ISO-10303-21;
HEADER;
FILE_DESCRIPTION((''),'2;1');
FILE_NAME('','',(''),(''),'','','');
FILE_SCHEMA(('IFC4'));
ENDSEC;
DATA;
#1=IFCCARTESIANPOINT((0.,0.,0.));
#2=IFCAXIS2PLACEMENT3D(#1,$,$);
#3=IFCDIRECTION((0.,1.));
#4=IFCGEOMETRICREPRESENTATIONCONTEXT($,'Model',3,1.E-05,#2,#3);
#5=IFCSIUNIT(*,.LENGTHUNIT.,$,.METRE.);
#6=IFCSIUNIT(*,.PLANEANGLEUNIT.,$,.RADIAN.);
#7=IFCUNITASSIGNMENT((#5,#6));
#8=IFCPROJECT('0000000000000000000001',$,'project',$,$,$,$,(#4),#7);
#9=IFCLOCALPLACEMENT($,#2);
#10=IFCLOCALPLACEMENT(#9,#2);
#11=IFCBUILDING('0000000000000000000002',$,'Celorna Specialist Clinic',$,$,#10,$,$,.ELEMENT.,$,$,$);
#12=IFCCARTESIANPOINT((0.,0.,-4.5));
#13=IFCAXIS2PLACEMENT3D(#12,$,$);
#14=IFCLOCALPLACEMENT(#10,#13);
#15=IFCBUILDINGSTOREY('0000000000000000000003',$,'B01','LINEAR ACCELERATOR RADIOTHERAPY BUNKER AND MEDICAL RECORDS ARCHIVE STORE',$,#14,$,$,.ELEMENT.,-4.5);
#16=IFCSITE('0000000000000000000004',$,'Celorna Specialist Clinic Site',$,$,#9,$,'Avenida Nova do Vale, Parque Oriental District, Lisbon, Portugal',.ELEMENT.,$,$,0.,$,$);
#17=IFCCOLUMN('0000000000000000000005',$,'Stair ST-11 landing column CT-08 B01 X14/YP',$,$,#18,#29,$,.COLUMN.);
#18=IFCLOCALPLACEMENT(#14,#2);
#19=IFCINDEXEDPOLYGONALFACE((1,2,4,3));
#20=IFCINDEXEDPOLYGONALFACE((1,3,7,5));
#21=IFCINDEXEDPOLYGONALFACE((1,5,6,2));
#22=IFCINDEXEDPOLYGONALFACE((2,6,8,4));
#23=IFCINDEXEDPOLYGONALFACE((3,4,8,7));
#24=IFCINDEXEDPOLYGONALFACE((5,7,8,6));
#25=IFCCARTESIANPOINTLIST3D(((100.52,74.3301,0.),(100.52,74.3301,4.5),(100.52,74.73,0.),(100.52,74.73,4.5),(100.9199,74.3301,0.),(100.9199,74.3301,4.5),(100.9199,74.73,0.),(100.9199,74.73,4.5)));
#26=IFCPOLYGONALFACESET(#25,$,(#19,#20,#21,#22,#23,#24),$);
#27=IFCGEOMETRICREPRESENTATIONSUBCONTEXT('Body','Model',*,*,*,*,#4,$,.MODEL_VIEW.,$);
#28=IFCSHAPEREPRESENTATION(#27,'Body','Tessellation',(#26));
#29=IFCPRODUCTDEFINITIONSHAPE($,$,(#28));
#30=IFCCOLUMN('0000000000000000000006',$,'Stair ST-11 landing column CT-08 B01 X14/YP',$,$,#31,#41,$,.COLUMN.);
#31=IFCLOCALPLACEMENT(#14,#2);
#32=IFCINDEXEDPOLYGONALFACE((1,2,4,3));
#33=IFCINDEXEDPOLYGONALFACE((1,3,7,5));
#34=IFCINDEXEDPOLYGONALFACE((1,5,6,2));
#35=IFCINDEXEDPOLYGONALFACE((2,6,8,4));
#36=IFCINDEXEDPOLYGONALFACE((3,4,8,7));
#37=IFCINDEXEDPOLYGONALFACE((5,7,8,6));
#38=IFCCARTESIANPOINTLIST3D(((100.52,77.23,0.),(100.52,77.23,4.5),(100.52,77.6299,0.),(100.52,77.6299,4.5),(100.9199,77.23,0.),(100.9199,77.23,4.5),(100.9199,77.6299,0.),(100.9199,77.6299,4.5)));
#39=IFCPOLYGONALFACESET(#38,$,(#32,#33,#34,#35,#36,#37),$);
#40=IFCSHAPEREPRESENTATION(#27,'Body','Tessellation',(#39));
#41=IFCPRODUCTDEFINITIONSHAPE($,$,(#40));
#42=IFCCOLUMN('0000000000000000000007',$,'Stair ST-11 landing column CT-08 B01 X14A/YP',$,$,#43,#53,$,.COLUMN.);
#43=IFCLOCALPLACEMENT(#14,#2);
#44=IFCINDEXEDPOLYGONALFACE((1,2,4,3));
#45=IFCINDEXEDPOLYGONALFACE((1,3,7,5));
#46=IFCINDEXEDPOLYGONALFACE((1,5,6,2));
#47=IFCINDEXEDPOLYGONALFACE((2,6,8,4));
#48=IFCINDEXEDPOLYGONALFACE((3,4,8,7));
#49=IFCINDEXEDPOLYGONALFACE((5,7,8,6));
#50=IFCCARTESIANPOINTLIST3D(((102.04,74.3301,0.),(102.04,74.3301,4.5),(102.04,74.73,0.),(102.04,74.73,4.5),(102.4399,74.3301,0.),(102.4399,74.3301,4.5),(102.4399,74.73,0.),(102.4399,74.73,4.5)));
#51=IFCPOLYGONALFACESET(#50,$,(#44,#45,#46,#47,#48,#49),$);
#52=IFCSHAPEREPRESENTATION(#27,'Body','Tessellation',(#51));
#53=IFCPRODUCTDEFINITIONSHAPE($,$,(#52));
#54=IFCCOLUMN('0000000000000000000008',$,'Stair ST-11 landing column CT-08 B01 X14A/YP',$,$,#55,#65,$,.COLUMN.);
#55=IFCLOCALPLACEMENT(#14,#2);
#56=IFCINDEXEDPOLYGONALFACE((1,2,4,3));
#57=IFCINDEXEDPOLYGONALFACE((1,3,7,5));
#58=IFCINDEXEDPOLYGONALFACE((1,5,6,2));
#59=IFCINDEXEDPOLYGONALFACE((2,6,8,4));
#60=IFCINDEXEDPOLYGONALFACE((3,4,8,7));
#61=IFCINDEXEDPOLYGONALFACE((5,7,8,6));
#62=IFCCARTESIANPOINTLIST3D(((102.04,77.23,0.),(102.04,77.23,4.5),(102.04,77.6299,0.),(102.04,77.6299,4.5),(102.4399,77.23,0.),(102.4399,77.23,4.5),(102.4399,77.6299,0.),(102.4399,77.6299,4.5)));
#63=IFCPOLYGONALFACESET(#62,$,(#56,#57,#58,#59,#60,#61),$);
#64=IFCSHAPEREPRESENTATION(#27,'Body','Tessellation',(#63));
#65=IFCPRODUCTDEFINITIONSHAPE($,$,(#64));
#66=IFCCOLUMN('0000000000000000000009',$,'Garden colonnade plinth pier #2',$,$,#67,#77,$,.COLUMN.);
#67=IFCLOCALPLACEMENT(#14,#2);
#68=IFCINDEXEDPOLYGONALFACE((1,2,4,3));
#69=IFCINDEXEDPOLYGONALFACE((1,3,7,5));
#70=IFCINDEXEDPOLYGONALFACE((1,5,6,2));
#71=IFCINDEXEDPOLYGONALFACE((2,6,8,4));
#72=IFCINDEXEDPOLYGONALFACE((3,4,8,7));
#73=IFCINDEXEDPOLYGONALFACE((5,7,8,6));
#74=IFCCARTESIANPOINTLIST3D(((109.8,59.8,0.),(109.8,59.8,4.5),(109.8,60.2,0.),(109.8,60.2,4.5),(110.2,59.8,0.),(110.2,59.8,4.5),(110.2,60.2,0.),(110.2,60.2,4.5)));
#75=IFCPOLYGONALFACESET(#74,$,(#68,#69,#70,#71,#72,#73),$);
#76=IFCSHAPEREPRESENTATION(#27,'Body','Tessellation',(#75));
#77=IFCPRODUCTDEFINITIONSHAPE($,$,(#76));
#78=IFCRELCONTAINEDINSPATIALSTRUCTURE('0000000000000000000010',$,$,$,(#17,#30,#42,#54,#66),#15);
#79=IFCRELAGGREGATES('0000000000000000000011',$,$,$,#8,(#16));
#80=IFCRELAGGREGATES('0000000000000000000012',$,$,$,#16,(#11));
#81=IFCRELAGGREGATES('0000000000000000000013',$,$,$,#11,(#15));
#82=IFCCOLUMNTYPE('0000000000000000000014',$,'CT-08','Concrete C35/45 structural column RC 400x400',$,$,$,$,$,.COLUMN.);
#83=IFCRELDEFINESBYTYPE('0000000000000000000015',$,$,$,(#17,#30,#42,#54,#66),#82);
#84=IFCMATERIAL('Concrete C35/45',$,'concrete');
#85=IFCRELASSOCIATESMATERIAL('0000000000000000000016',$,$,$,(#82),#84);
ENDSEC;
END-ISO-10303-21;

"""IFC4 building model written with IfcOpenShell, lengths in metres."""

from ifc_helpers import new_model, si_unit, direction, frame, origin, origin_2d, place, context, subcontext, project, spatial, rectangle, extrude, material, material_profile, profile_set, type_object, element, save


model = new_model("IFC4")

# Units and contexts
model_context = context("Model", 3, precision=1e-05, world=origin(), true_north=direction((0.0, 1.0)))
body_context = subcontext(model_context, "Body", "Model", "MODEL_VIEW")
ifc_project = project(units=[si_unit("LENGTHUNIT", "METRE"), si_unit("PLANEANGLEUNIT", "RADIAN")], contexts=[model_context])

# Site, building, storey
site_placement = place(None, origin())
site = spatial("IfcSite", under=ifc_project, at=site_placement, Name="Celorna Specialist Clinic Site", LongName="Avenida Nova do Vale, Parque Oriental District, Lisbon, Portugal", CompositionType="ELEMENT", RefElevation=0.0)
building_placement = place(site_placement, origin())
building = spatial("IfcBuilding", under=site, at=building_placement, Name="Celorna Specialist Clinic", CompositionType="ELEMENT")
storey_placement = place(building_placement, frame((0.0, 0.0, -4.5)))
storey = spatial("IfcBuildingStorey", under=building, at=storey_placement, Name="B01", Description="LINEAR ACCELERATOR RADIOTHERAPY BUNKER AND MEDICAL RECORDS ARCHIVE STORE", CompositionType="ELEMENT", Elevation=-4.5)

# Shared definitions
ifc_material_1 = material(Name="Concrete C35/45", Category="concrete")

# Columns
ifc_material_profile_1 = material_profile(ifc_material_1, rectangle(XDim=0.3999, YDim=0.3999, at=origin_2d()), Name="RC 400x400")
ifc_profile_set_1 = profile_set([ifc_material_profile_1], Name="Concrete C35/45")
column_type_1 = type_object("IfcColumnType", Name="CT-08", Description="Concrete C35/45 structural column RC 400x400", PredefinedType="COLUMN", material=ifc_profile_set_1)
for number, where, z_axis, x_axis, name in (
    (1, (100.72, 74.53, 0.0), (0.0, 0.0, 1.0), (1.0, 0.0, 0.0), "Stair ST-11 landing column CT-08 B01 X14/YP"),
    (2, (100.72, 77.4299, 0.0), (0.0, 0.0, 1.0), (1.0, 0.0, 0.0), "Stair ST-11 landing column CT-08 B01 X14/YP"),
    (3, (102.24, 74.53, 0.0), (0.0, 0.0, 1.0), (1.0, 0.0, 0.0), "Stair ST-11 landing column CT-08 B01 X14A/YP"),
    (4, (102.24, 77.4299, 0.0), (0.0, 0.0, 1.0), (1.0, 0.0, 0.0), "Stair ST-11 landing column CT-08 B01 X14A/YP"),
    (5, (110.0, 60.0, 0.0), (0.0, 0.0, 1.0), (1.0, 0.0, 0.0), "Garden colonnade plinth pier #2"),
):
    element("IfcColumn", number, at=place(storey_placement, frame(where, z_axis=z_axis, x_axis=x_axis)), inside=storey, type_object=column_type_1, Name=name, PredefinedType="COLUMN", context=body_context, shape_type="SweptSolid", body=[
        extrude(rectangle(XDim=0.3999, YDim=0.3999, at=origin_2d()), origin(), (0.0, 0.0, 1.0), 4.5),
    ])

save(model, "model.ifc")
